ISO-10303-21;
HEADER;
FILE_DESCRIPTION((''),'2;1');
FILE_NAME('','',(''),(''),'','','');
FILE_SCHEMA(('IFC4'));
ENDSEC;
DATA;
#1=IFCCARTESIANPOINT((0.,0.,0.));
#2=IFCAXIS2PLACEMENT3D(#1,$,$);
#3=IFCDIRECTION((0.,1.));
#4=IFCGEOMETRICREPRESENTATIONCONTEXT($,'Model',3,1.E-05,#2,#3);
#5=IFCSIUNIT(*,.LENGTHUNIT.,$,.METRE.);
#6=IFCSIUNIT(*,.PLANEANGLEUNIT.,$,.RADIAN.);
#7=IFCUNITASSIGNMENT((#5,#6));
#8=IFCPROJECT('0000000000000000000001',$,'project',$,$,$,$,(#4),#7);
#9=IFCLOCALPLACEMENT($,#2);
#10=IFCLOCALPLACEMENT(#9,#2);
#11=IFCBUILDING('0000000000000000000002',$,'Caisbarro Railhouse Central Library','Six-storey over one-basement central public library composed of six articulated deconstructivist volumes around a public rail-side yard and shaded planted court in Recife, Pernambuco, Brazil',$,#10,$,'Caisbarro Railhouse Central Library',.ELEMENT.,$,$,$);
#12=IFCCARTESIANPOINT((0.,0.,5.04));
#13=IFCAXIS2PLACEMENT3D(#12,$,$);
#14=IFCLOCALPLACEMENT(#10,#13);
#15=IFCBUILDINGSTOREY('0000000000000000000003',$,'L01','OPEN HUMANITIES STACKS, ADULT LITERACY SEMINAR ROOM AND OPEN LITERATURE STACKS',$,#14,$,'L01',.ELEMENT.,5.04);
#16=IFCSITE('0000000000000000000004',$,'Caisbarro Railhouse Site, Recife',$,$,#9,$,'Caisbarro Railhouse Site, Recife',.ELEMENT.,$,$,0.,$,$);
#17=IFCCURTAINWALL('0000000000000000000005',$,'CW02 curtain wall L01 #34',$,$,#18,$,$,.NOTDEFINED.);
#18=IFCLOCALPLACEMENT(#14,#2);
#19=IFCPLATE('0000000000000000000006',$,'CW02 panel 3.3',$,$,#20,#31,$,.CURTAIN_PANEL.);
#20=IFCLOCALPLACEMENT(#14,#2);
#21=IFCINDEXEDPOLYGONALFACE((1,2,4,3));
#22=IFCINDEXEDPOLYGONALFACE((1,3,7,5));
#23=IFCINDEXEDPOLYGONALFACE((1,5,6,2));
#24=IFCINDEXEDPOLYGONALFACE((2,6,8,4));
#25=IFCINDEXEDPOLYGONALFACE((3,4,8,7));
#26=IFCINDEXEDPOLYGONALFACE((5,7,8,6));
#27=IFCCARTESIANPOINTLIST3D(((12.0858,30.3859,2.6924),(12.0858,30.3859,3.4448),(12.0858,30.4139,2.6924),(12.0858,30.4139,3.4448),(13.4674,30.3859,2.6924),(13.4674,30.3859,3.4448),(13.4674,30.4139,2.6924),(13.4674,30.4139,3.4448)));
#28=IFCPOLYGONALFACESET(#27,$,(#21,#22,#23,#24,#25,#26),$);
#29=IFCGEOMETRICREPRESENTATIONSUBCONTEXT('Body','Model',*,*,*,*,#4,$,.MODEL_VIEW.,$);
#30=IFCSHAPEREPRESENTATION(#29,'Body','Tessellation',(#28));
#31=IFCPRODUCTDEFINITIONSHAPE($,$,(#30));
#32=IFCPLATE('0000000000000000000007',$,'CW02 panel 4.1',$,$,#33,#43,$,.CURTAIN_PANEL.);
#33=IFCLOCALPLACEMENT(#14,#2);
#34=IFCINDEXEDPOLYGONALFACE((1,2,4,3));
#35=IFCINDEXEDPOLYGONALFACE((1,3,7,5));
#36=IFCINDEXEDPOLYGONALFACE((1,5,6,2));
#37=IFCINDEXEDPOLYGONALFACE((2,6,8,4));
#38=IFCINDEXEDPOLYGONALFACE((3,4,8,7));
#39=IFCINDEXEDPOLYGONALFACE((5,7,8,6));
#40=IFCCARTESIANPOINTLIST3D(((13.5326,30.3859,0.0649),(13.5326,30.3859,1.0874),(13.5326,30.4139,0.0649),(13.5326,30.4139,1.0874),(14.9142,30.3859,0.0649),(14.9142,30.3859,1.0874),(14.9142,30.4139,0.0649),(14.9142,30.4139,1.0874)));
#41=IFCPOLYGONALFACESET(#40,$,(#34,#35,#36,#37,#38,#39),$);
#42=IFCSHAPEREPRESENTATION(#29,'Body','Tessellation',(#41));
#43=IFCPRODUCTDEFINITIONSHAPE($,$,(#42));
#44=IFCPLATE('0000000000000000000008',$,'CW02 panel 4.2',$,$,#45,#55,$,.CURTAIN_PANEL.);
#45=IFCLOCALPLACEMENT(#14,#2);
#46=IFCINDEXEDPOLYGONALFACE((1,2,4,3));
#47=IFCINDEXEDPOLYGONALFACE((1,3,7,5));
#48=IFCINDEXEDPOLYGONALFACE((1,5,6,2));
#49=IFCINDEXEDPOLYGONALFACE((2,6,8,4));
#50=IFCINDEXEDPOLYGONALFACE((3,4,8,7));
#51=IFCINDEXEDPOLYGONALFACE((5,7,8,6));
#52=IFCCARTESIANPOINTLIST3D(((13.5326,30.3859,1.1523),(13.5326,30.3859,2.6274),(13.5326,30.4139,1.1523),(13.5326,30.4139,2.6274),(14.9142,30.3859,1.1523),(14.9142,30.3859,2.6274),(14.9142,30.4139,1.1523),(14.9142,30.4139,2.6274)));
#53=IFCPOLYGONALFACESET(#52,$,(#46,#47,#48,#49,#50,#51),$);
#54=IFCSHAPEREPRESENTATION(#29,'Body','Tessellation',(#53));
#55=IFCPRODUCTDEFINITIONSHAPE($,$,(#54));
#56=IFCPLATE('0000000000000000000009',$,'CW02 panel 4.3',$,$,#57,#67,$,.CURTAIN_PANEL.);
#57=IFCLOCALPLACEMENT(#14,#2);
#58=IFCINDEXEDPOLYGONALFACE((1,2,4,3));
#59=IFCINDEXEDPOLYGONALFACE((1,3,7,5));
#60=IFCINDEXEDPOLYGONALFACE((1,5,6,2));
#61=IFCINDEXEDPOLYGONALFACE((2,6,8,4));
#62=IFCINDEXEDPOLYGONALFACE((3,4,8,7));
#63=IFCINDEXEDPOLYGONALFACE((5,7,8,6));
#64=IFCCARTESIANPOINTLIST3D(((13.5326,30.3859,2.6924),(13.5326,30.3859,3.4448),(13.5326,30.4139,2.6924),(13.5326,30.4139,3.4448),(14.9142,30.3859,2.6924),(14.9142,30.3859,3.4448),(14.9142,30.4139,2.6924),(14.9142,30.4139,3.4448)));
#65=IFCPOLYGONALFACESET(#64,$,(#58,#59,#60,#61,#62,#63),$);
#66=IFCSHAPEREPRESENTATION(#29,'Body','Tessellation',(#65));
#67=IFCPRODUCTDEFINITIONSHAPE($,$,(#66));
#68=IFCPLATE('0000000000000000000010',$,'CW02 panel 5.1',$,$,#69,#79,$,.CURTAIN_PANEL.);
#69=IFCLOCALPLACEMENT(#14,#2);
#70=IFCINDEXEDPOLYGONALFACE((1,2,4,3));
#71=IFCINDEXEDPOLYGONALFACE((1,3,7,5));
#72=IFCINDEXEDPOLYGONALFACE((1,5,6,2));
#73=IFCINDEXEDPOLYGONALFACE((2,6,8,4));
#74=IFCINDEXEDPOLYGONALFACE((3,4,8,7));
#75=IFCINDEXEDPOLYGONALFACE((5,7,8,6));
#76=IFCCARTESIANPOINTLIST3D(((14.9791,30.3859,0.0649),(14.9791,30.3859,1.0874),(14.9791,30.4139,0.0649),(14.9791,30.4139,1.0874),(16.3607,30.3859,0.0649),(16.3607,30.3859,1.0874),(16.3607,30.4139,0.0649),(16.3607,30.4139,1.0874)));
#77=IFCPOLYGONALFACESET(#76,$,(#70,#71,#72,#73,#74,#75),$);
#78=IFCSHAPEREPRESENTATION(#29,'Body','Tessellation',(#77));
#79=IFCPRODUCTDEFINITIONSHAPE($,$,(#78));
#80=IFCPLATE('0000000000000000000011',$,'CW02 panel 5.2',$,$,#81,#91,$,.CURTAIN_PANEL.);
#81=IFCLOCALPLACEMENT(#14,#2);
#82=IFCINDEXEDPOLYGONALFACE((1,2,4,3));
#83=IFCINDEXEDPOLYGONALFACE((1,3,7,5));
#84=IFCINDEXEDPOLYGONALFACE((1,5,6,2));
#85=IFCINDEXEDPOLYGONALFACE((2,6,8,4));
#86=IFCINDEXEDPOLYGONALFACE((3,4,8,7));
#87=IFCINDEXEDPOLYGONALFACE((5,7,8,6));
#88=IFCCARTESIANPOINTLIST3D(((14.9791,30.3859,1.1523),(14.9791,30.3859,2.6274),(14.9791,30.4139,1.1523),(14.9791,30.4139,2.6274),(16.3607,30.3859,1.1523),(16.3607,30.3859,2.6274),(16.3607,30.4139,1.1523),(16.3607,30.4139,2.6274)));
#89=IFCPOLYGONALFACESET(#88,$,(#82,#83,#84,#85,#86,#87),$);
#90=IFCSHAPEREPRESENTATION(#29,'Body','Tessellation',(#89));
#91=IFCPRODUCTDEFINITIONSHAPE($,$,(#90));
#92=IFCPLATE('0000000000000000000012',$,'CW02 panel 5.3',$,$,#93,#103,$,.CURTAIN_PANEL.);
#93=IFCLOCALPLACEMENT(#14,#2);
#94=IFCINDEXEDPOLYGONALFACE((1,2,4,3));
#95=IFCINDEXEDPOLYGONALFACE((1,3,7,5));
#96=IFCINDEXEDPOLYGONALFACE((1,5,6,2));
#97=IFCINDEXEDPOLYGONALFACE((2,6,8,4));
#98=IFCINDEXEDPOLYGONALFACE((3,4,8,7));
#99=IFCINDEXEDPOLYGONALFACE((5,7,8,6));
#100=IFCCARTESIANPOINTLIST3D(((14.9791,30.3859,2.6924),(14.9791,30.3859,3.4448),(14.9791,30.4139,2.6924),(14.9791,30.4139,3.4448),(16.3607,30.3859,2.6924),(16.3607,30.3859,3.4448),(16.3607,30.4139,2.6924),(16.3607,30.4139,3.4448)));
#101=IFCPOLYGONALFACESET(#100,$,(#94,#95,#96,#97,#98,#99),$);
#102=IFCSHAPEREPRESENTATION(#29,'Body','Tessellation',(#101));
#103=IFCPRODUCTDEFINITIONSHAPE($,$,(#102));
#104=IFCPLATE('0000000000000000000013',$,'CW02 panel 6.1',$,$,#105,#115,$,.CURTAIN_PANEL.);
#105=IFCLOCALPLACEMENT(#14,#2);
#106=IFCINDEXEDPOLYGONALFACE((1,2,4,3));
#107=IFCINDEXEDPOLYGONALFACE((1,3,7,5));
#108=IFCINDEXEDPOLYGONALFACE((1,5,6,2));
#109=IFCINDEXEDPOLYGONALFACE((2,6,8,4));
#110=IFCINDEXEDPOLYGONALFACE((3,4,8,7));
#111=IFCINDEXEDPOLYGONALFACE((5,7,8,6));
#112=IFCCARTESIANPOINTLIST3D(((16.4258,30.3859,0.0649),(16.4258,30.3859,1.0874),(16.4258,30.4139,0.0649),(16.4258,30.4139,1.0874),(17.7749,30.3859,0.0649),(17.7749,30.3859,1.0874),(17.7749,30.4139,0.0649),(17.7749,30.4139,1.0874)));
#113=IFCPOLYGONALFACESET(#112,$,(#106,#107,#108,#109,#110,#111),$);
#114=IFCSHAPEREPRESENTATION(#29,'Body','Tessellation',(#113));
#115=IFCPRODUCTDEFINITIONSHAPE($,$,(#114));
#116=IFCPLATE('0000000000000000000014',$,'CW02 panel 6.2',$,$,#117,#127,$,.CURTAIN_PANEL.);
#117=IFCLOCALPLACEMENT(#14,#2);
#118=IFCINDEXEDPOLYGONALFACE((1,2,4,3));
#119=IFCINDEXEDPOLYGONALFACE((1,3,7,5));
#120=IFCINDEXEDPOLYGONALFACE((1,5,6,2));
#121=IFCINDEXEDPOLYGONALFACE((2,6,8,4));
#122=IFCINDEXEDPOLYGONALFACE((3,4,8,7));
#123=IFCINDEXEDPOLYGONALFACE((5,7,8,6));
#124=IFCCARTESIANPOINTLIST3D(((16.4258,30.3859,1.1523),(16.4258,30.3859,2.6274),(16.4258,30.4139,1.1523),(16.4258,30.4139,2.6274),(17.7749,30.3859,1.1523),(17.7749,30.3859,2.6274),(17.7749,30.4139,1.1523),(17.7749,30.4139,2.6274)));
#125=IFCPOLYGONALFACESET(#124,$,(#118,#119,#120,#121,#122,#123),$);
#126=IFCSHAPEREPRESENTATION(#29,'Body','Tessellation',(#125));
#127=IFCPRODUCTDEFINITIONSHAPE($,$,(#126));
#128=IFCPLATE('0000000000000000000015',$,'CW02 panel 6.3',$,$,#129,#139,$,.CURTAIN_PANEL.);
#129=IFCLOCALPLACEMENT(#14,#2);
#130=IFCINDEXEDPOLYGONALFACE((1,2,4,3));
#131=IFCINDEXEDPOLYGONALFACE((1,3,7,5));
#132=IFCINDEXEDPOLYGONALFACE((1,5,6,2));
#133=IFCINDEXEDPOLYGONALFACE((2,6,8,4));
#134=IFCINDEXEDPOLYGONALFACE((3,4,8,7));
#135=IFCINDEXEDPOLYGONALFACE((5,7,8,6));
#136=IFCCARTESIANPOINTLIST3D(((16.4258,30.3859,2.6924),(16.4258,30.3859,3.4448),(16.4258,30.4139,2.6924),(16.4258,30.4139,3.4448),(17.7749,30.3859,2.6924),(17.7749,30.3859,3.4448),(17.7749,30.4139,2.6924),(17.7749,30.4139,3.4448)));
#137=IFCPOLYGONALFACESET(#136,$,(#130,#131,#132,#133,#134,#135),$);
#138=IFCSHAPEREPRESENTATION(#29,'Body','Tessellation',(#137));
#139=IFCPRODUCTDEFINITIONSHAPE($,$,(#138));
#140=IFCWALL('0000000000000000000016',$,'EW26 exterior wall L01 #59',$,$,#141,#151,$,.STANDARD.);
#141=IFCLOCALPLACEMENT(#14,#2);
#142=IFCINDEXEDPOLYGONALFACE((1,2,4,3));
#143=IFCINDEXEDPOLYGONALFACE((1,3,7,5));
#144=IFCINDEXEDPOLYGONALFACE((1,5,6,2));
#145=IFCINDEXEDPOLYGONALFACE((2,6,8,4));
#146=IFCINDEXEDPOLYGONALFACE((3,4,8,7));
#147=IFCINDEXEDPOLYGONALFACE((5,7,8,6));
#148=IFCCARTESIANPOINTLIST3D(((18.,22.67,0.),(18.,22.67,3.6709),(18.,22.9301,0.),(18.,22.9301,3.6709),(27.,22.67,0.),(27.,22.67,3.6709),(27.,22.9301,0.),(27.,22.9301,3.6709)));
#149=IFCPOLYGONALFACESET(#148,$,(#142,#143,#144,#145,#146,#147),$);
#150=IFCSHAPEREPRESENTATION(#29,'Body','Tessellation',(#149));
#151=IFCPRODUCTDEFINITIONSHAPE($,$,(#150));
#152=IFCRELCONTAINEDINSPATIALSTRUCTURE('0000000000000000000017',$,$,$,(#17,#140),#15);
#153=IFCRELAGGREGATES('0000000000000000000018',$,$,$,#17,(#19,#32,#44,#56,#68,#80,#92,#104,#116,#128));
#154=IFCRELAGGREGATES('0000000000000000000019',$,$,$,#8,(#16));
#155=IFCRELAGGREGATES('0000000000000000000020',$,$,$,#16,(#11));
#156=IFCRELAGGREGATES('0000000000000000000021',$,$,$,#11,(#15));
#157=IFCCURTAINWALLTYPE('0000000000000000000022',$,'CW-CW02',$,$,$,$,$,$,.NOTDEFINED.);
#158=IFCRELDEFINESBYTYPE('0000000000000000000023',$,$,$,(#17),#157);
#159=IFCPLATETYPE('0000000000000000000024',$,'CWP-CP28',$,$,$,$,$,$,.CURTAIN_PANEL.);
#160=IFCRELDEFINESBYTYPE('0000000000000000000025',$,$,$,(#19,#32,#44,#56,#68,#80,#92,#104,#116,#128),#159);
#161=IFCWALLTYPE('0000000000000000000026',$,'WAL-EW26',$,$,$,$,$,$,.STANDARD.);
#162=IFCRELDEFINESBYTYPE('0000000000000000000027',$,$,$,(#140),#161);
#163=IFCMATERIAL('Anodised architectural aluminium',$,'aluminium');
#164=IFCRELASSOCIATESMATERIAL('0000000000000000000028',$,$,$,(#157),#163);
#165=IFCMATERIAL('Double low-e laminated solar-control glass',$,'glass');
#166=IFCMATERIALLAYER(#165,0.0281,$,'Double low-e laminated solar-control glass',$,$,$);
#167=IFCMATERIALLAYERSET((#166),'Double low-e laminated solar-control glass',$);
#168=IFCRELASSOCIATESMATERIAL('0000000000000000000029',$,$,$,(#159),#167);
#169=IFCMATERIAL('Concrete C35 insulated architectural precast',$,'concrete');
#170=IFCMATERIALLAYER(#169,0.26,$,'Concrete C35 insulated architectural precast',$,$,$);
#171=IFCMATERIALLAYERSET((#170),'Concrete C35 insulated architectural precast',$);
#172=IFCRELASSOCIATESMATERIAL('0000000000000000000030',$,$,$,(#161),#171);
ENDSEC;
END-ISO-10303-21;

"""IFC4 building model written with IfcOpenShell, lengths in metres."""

from ifc_helpers import new_model, si_unit, direction, frame, frame_2d, origin, origin_2d, place, context, subcontext, project, spatial, rectangle, extrude, material, layer, layer_set, type_object, element, aggregate, save


model = new_model("IFC4")

# Units and contexts
model_context = context("Model", 3, precision=1e-05, world=origin(), true_north=direction((0.0, 1.0)))
body_context = subcontext(model_context, "Body", "Model", "MODEL_VIEW")
ifc_project = project(units=[si_unit("LENGTHUNIT", "METRE"), si_unit("PLANEANGLEUNIT", "RADIAN")], contexts=[model_context])

# Site, building, storey
site_placement = place(None, origin())
site = spatial("IfcSite", under=ifc_project, at=site_placement, Name="Caisbarro Railhouse Site, Recife", LongName="Caisbarro Railhouse Site, Recife", CompositionType="ELEMENT", RefElevation=0.0)
building_placement = place(site_placement, origin())
building = spatial("IfcBuilding", under=site, at=building_placement, Name="Caisbarro Railhouse Central Library", Description="Six-storey over one-basement central public library composed of six articulated deconstructivist volumes around a public rail-side yard and shaded planted court in Recife, Pernambuco, Brazil", LongName="Caisbarro Railhouse Central Library", CompositionType="ELEMENT")
storey_placement = place(building_placement, frame((0.0, 0.0, 5.04)))
storey = spatial("IfcBuildingStorey", under=building, at=storey_placement, Name="L01", Description="OPEN HUMANITIES STACKS, ADULT LITERACY SEMINAR ROOM AND OPEN LITERATURE STACKS", LongName="L01", CompositionType="ELEMENT", Elevation=5.04)

# Curtain wall, plates
ifc_material_1 = material(Name="Anodised architectural aluminium", Category="aluminium")
curtain_wall_type = type_object("IfcCurtainWallType", Name="CW-CW02", PredefinedType="NOTDEFINED", material=ifc_material_1)
curtain_wall_placement = place(storey_placement, origin())
curtain_wall = element("IfcCurtainWall", 1, at=curtain_wall_placement, inside=storey, type_object=curtain_wall_type, Name="CW02 curtain wall L01 #34", PredefinedType="NOTDEFINED")
ifc_material_2 = material(Name="Double low-e laminated solar-control glass", Category="glass")
ifc_layer_1 = layer(ifc_material_2, 0.0281, Name="Double low-e laminated solar-control glass")
ifc_layer_set_1 = layer_set([ifc_layer_1], Name="Double low-e laminated solar-control glass")
plate_type = type_object("IfcPlateType", Name="CWP-CP28", PredefinedType="CURTAIN_PANEL", material=ifc_layer_set_1)
plate_1_placement = place(storey_placement, frame((12.7766, 30.3999, 2.6924), z_axis=(0.0, 0.0, 1.0), x_axis=(1.0, 0.0, 0.0)))
plate_1 = element("IfcPlate", 2, at=plate_1_placement, type_object=plate_type, Name="CW02 panel 3.3", PredefinedType="CURTAIN_PANEL", context=body_context, shape_type="SweptSolid", body=[
    extrude(rectangle(XDim=1.3816, YDim=0.0281, at=origin_2d()), origin(), (0.0, 0.0, 1.0), 0.7524),
])
plate_2_placement = place(storey_placement, frame((14.2234, 30.3999, 0.0649), z_axis=(0.0, 0.0, 1.0), x_axis=(1.0, 0.0, 0.0)))
plate_2 = element("IfcPlate", 3, at=plate_2_placement, type_object=plate_type, Name="CW02 panel 4.1", PredefinedType="CURTAIN_PANEL", context=body_context, shape_type="SweptSolid", body=[
    extrude(rectangle(XDim=1.3816, YDim=0.0281, at=origin_2d()), origin(), (0.0, 0.0, 1.0), 1.0225),
])
plate_3_placement = place(storey_placement, frame((14.2234, 30.3999, 1.1523), z_axis=(0.0, 0.0, 1.0), x_axis=(1.0, 0.0, 0.0)))
plate_3 = element("IfcPlate", 4, at=plate_3_placement, type_object=plate_type, Name="CW02 panel 4.2", PredefinedType="CURTAIN_PANEL", context=body_context, shape_type="SweptSolid", body=[
    extrude(rectangle(XDim=1.3816, YDim=0.0281, at=origin_2d()), origin(), (0.0, 0.0, 1.0), 1.4751),
])
plate_4_placement = place(storey_placement, frame((14.2234, 30.3999, 2.6924), z_axis=(0.0, 0.0, 1.0), x_axis=(1.0, 0.0, 0.0)))
plate_4 = element("IfcPlate", 5, at=plate_4_placement, type_object=plate_type, Name="CW02 panel 4.3", PredefinedType="CURTAIN_PANEL", context=body_context, shape_type="SweptSolid", body=[
    extrude(rectangle(XDim=1.3816, YDim=0.0281, at=origin_2d()), origin(), (0.0, 0.0, 1.0), 0.7524),
])
plate_5_placement = place(storey_placement, frame((15.6699, 30.3999, 0.0649), z_axis=(0.0, 0.0, 1.0), x_axis=(1.0, 0.0, 0.0)))
plate_5 = element("IfcPlate", 6, at=plate_5_placement, type_object=plate_type, Name="CW02 panel 5.1", PredefinedType="CURTAIN_PANEL", context=body_context, shape_type="SweptSolid", body=[
    extrude(rectangle(XDim=1.3816, YDim=0.0281, at=origin_2d()), origin(), (0.0, 0.0, 1.0), 1.0225),
])
plate_6_placement = place(storey_placement, frame((15.6699, 30.3999, 1.1523), z_axis=(0.0, 0.0, 1.0), x_axis=(1.0, 0.0, 0.0)))
plate_6 = element("IfcPlate", 7, at=plate_6_placement, type_object=plate_type, Name="CW02 panel 5.2", PredefinedType="CURTAIN_PANEL", context=body_context, shape_type="SweptSolid", body=[
    extrude(rectangle(XDim=1.3816, YDim=0.0281, at=origin_2d()), origin(), (0.0, 0.0, 1.0), 1.4751),
])
plate_7_placement = place(storey_placement, frame((15.6699, 30.3999, 2.6924), z_axis=(0.0, 0.0, 1.0), x_axis=(1.0, 0.0, 0.0)))
plate_7 = element("IfcPlate", 8, at=plate_7_placement, type_object=plate_type, Name="CW02 panel 5.3", PredefinedType="CURTAIN_PANEL", context=body_context, shape_type="SweptSolid", body=[
    extrude(rectangle(XDim=1.3816, YDim=0.0281, at=origin_2d()), origin(), (0.0, 0.0, 1.0), 0.7524),
])
plate_8_placement = place(storey_placement, frame((17.1003, 30.3999, 0.0649), z_axis=(0.0, 0.0, 1.0), x_axis=(1.0, 0.0, 0.0)))
plate_8 = element("IfcPlate", 9, at=plate_8_placement, type_object=plate_type, Name="CW02 panel 6.1", PredefinedType="CURTAIN_PANEL", context=body_context, shape_type="SweptSolid", body=[
    extrude(rectangle(XDim=1.3491, YDim=0.0281, at=origin_2d()), origin(), (0.0, 0.0, 1.0), 1.0225),
])
plate_9_placement = place(storey_placement, frame((17.1003, 30.3999, 1.1523), z_axis=(0.0, 0.0, 1.0), x_axis=(1.0, 0.0, 0.0)))
plate_9 = element("IfcPlate", 10, at=plate_9_placement, type_object=plate_type, Name="CW02 panel 6.2", PredefinedType="CURTAIN_PANEL", context=body_context, shape_type="SweptSolid", body=[
    extrude(rectangle(XDim=1.3491, YDim=0.0281, at=origin_2d()), origin(), (0.0, 0.0, 1.0), 1.4751),
])
plate_10_placement = place(storey_placement, frame((17.1003, 30.3999, 2.6924), z_axis=(0.0, 0.0, 1.0), x_axis=(1.0, 0.0, 0.0)))
plate_10 = element("IfcPlate", 11, at=plate_10_placement, type_object=plate_type, Name="CW02 panel 6.3", PredefinedType="CURTAIN_PANEL", context=body_context, shape_type="SweptSolid", body=[
    extrude(rectangle(XDim=1.3491, YDim=0.0281, at=origin_2d()), origin(), (0.0, 0.0, 1.0), 0.7524),
])
aggregate(curtain_wall, [plate_1, plate_2, plate_3, plate_4, plate_5, plate_6, plate_7, plate_8, plate_9, plate_10])

# Wall
ifc_material_3 = material(Name="Concrete C35 insulated architectural precast", Category="concrete")
ifc_layer_2 = layer(ifc_material_3, 0.26, Name="Concrete C35 insulated architectural precast")
ifc_layer_set_2 = layer_set([ifc_layer_2], Name="Concrete C35 insulated architectural precast")
wall_type = type_object("IfcWallType", Name="WAL-EW26", PredefinedType="STANDARD", material=ifc_layer_set_2)
wall_placement = place(storey_placement, frame((18.0, 22.8, 0.0), z_axis=(0.0, 0.0, 1.0), x_axis=(1.0, 0.0, 0.0)))
element("IfcWall", 12, at=wall_placement, inside=storey, type_object=wall_type, Name="EW26 exterior wall L01 #59", PredefinedType="STANDARD", context=body_context, shape_type="SweptSolid", body=[
    extrude(rectangle(XDim=9.0, YDim=0.26, at=frame_2d((4.5, 0.0))), origin(), (0.0, 0.0, 1.0), 3.6709),
])

save(model, "model.ifc")
